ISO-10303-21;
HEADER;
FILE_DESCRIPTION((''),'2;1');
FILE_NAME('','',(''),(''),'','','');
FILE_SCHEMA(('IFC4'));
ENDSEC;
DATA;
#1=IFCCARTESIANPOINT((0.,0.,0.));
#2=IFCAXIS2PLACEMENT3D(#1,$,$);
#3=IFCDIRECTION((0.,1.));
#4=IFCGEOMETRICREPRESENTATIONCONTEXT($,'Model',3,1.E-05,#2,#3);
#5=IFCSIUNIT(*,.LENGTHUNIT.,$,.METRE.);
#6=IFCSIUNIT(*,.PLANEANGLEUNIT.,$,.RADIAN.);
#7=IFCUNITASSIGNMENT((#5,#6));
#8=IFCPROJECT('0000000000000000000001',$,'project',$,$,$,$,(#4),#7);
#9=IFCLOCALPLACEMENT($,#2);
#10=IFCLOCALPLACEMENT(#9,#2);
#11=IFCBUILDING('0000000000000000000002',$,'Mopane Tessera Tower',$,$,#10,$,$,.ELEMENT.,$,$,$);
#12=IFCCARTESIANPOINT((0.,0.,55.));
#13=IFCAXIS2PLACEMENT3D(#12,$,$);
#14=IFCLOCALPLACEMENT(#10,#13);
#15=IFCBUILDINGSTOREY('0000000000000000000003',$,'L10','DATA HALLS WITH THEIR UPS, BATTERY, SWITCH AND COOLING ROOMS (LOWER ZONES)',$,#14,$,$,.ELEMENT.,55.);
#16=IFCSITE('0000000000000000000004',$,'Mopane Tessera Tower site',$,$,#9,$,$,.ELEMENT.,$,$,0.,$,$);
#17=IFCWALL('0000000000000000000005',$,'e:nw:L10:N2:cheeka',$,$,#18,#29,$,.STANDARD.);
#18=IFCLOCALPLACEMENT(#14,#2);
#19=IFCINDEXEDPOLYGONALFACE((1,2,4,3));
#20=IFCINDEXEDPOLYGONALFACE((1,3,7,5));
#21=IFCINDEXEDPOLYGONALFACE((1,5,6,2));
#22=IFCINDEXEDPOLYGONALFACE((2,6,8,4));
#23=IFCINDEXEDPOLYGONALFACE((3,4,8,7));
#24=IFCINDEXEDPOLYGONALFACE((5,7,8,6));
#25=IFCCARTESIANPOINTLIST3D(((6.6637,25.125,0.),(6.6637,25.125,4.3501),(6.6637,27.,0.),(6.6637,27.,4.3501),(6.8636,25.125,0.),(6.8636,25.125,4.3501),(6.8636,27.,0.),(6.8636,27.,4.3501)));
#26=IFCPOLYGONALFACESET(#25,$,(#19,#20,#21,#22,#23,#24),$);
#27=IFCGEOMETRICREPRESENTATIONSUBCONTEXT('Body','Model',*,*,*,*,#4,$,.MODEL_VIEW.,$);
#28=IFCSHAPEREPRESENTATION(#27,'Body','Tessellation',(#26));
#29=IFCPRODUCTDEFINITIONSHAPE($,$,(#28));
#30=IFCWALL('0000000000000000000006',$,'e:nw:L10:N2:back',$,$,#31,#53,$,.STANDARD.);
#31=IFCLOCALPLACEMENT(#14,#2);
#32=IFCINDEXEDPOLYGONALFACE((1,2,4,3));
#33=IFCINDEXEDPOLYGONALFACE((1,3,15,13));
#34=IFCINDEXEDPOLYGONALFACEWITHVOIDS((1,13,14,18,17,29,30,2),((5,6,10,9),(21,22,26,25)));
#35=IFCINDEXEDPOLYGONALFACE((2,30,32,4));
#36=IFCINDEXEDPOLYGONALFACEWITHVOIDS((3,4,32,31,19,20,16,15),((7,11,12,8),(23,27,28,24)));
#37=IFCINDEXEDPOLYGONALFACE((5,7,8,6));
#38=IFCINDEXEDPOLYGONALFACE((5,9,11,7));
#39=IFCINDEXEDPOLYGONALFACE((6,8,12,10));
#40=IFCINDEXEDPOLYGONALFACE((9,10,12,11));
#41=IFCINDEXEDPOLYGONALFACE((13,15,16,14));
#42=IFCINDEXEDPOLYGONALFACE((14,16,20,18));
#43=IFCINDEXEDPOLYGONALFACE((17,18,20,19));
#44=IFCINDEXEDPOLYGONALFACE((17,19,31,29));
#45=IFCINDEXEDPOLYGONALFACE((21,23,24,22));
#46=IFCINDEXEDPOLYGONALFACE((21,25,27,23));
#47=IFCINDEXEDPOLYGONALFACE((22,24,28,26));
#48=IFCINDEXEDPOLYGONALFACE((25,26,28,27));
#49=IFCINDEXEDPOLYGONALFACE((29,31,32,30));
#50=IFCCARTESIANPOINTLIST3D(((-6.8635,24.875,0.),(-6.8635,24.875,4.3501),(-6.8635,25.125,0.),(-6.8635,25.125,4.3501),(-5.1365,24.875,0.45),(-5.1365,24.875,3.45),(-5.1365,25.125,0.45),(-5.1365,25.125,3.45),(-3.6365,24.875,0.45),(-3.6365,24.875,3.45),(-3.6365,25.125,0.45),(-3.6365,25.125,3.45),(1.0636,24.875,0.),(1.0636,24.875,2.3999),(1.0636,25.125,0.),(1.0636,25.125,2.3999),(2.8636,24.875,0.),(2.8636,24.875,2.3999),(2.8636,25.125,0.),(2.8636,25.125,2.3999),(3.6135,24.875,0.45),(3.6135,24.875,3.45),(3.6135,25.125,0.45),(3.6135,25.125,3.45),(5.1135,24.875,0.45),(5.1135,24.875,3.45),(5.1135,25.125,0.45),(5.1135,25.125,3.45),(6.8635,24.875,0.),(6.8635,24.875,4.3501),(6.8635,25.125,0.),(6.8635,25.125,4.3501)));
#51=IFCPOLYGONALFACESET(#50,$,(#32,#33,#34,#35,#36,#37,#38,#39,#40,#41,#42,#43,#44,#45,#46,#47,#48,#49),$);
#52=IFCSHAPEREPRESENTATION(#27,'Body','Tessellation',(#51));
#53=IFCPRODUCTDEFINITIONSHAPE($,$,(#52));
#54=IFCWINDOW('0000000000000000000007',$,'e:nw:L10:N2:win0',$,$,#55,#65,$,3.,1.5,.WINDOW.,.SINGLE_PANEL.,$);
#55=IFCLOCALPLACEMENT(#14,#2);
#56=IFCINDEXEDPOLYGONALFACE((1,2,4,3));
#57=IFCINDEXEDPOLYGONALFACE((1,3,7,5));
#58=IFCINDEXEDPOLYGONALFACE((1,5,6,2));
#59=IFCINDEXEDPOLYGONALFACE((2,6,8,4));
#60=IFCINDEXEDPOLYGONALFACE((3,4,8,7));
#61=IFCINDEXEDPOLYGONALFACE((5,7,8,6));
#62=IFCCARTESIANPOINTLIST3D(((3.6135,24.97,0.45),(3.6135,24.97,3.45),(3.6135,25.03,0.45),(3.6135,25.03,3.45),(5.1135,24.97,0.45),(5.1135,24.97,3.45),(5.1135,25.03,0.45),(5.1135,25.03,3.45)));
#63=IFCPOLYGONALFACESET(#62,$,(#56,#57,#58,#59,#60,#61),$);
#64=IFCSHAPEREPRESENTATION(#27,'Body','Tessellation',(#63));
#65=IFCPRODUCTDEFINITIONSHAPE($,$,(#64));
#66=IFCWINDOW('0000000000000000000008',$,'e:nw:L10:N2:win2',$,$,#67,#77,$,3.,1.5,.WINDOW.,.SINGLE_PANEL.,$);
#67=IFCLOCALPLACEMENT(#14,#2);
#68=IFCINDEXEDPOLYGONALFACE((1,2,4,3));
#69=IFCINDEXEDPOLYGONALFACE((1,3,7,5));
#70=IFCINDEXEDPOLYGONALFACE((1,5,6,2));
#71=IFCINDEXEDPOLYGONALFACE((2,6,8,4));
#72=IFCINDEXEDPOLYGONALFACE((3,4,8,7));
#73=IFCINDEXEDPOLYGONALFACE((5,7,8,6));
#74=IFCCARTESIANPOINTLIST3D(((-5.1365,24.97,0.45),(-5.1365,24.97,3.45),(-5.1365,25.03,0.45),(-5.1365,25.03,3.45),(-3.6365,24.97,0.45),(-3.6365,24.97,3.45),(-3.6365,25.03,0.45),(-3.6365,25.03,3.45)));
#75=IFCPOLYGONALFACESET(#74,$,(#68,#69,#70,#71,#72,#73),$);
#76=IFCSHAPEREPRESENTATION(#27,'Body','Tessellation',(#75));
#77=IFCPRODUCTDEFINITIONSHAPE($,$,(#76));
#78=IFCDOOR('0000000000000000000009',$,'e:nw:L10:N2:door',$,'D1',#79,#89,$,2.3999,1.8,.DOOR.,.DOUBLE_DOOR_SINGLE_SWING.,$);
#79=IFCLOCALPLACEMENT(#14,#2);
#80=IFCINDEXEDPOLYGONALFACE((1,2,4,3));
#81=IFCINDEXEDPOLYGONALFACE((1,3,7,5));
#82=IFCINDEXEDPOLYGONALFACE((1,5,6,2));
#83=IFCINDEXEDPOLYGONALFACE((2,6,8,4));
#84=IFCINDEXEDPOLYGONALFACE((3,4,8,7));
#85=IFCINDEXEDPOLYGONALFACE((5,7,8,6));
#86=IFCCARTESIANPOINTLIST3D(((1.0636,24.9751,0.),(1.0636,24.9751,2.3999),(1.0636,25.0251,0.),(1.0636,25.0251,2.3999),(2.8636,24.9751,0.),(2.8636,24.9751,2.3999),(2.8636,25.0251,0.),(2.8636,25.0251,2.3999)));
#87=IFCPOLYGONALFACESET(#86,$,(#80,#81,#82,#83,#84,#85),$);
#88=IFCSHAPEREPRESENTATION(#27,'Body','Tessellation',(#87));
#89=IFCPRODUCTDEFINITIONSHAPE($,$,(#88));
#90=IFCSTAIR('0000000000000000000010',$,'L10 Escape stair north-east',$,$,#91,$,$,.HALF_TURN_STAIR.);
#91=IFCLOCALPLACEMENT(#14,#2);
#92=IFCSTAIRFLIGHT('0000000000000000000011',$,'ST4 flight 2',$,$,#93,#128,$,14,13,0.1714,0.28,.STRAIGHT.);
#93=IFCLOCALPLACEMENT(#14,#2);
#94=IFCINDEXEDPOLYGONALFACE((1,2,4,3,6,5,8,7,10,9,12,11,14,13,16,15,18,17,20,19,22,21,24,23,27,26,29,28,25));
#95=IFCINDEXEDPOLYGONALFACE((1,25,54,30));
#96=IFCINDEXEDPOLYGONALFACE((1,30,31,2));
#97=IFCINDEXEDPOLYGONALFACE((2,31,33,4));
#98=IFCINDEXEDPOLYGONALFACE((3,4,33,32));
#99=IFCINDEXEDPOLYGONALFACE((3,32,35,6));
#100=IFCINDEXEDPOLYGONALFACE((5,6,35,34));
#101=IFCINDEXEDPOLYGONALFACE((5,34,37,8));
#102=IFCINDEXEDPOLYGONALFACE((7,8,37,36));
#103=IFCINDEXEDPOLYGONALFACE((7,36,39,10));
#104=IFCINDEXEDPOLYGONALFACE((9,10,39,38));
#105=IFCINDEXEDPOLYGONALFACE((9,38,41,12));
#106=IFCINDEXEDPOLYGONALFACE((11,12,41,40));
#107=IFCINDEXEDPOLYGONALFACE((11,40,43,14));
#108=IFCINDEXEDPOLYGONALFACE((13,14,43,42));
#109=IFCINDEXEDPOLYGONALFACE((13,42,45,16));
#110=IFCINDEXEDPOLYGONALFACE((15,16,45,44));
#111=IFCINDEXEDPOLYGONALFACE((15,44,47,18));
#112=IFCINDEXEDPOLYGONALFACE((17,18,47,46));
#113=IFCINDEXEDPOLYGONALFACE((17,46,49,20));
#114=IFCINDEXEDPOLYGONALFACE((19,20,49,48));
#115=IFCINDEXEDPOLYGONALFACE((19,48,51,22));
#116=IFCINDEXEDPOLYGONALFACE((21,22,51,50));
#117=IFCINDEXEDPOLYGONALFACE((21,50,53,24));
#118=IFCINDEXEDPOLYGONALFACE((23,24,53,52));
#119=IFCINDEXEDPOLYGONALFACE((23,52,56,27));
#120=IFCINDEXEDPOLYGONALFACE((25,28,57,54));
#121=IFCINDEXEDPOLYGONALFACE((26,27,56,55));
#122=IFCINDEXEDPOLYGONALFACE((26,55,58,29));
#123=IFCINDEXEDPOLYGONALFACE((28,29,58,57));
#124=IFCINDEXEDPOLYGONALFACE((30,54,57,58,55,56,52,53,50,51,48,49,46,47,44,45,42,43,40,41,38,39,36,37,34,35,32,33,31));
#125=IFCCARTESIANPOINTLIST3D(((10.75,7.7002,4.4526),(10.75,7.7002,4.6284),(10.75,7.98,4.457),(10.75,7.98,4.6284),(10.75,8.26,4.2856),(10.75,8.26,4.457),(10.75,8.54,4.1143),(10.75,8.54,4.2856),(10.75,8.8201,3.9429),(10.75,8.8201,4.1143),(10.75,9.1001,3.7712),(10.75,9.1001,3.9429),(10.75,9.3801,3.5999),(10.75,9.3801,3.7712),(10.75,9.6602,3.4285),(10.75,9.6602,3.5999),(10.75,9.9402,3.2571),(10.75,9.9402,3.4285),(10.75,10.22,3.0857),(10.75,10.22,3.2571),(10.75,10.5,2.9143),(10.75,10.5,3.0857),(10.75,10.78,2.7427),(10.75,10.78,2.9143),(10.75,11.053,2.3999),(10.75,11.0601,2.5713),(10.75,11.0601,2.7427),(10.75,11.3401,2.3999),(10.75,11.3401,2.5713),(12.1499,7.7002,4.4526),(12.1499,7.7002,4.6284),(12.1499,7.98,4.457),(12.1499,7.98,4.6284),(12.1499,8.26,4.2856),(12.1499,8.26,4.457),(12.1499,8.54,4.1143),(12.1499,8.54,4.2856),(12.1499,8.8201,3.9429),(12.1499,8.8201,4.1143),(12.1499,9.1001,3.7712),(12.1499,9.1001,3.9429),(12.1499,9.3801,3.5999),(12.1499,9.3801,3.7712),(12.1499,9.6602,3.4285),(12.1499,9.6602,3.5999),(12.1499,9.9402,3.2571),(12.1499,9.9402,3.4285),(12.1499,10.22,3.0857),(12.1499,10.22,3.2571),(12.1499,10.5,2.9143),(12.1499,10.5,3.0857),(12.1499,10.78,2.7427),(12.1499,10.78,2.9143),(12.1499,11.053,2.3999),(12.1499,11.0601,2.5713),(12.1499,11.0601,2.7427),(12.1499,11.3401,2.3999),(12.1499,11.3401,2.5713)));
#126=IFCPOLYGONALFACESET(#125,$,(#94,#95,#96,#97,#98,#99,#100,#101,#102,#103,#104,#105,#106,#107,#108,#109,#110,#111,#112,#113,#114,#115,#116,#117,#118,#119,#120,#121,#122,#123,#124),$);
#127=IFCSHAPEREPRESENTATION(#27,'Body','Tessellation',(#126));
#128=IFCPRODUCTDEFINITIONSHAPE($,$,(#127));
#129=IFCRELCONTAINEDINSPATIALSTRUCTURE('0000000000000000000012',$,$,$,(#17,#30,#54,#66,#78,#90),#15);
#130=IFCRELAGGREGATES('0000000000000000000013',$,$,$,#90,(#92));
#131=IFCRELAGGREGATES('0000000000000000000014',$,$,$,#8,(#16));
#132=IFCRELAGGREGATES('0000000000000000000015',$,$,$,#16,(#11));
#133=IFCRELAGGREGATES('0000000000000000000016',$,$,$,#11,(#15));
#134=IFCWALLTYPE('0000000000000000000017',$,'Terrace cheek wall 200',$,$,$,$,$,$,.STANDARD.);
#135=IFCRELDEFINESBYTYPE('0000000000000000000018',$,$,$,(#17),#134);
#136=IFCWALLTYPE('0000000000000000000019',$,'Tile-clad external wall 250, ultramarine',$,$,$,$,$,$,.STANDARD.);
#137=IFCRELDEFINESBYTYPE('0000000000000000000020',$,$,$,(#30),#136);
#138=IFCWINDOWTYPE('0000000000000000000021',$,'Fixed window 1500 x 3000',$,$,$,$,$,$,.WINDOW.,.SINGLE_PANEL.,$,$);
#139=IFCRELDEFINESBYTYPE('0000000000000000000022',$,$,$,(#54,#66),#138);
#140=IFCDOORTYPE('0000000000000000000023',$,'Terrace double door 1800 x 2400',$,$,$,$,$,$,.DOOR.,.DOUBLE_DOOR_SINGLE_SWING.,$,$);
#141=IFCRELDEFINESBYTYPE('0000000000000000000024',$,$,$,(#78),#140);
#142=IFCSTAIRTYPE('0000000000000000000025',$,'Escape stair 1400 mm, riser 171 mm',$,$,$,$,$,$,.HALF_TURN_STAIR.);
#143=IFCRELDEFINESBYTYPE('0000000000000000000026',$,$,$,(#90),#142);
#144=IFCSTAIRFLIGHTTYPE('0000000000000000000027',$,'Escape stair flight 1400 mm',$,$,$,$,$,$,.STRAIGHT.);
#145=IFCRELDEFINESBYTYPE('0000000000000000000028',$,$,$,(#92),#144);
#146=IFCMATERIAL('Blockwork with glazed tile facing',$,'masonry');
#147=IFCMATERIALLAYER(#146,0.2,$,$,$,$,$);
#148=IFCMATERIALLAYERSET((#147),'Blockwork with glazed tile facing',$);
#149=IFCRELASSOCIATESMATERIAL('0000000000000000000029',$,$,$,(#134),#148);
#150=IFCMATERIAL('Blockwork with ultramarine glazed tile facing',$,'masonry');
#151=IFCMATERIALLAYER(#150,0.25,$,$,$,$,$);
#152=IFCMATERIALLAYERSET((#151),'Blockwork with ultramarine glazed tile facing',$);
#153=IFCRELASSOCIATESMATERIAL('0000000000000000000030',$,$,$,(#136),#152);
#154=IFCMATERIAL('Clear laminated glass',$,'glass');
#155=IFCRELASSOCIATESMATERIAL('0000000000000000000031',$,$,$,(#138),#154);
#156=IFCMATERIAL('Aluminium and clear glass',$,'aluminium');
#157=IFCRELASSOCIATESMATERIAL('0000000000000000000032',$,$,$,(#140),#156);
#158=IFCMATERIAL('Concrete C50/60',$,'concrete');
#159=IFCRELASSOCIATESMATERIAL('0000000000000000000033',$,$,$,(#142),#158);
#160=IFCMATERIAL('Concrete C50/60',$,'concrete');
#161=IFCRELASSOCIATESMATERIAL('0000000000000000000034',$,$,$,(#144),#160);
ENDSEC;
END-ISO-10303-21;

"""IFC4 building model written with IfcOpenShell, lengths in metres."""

from ifc_helpers import new_model, si_unit, direction, frame, frame_2d, origin, place, context, subcontext, project, spatial, polyline, rectangle, outline, extrude, material, layer, layer_set, type_object, element, fill, aggregate, save


model = new_model("IFC4")

# Units and contexts
model_context = context("Model", 3, precision=1e-05, world=origin(), true_north=direction((0.0, 1.0)))
body_context = subcontext(model_context, "Body", "Model", "MODEL_VIEW")
ifc_project = project(units=[si_unit("LENGTHUNIT", "METRE"), si_unit("PLANEANGLEUNIT", "RADIAN")], contexts=[model_context])

# Site, building, storey
site_placement = place(None, origin())
site = spatial("IfcSite", under=ifc_project, at=site_placement, Name="Mopane Tessera Tower site", CompositionType="ELEMENT", RefElevation=0.0)
building_placement = place(site_placement, origin())
building = spatial("IfcBuilding", under=site, at=building_placement, Name="Mopane Tessera Tower", CompositionType="ELEMENT")
storey_placement = place(building_placement, frame((0.0, 0.0, 55.0)))
storey = spatial("IfcBuildingStorey", under=building, at=storey_placement, Name="L10", Description="DATA HALLS WITH THEIR UPS, BATTERY, SWITCH AND COOLING ROOMS (LOWER ZONES)", CompositionType="ELEMENT", Elevation=55.0)

# Wall
ifc_material_1 = material(Name="Blockwork with glazed tile facing", Category="masonry")
ifc_layer_1 = layer(ifc_material_1, 0.2)
ifc_layer_set_1 = layer_set([ifc_layer_1], Name="Blockwork with glazed tile facing")
wall_type_1 = type_object("IfcWallType", Name="Terrace cheek wall 200", PredefinedType="STANDARD", material=ifc_layer_set_1)
wall_1_placement = place(storey_placement, frame((6.7637, 27.0, 0.0), z_axis=(0.0, 0.0, 1.0), x_axis=(0.0, -1.0, 0.0)))
element("IfcWall", 1, at=wall_1_placement, inside=storey, type_object=wall_type_1, Name="e:nw:L10:N2:cheeka", PredefinedType="STANDARD", context=body_context, shape_type="SweptSolid", body=[
    extrude(rectangle(XDim=1.875, YDim=0.2, at=frame_2d((0.9375, 0.0))), origin(), (0.0, 0.0, 1.0), 4.3501),
])

# Wall, openings, windows, door
ifc_material_2 = material(Name="Blockwork with ultramarine glazed tile facing", Category="masonry")
ifc_layer_2 = layer(ifc_material_2, 0.25)
ifc_layer_set_2 = layer_set([ifc_layer_2], Name="Blockwork with ultramarine glazed tile facing")
wall_type_2 = type_object("IfcWallType", Name="Tile-clad external wall 250, ultramarine", PredefinedType="STANDARD", material=ifc_layer_set_2)
wall_2_placement = place(storey_placement, frame((6.8635, 25.0, 0.0), z_axis=(0.0, 0.0, 1.0), x_axis=(-1.0, 0.0, 0.0)))
wall_2 = element("IfcWall", 2, at=wall_2_placement, inside=storey, type_object=wall_type_2, Name="e:nw:L10:N2:back", PredefinedType="STANDARD", context=body_context, shape_type="SweptSolid", body=[
    extrude(rectangle(XDim=13.7271, YDim=0.25, at=frame_2d((6.8635, 0.0))), origin(), (0.0, 0.0, 1.0), 4.3501),
])
opening_1_placement = place(wall_2_placement, frame((1.75, 0.0, 0.45)))
opening_1 = element("IfcOpeningElement", 3, at=opening_1_placement, cuts=wall_2, PredefinedType="OPENING", context=body_context, shape_type="SweptSolid", body=[
    extrude(rectangle(XDim=1.5, YDim=3.0, at=frame_2d((0.75, 1.5))), frame((0.0, 0.137, 0.0), z_axis=(0.0, -1.0, 0.0), x_axis=(1.0, 0.0, 0.0)), (0.0, 0.0, 1.0), 0.2739),
])
opening_2_placement = place(wall_2_placement, frame((4.0, 0.0, 0.0)))
opening_2 = element("IfcOpeningElement", 4, at=opening_2_placement, cuts=wall_2, PredefinedType="OPENING", context=body_context, shape_type="SweptSolid", body=[
    extrude(rectangle(XDim=1.8, YDim=2.3999, at=frame_2d((0.8999, 1.2))), frame((0.0, 0.137, 0.0), z_axis=(0.0, -1.0, 0.0), x_axis=(1.0, 0.0, 0.0)), (0.0, 0.0, 1.0), 0.2739),
])
opening_3_placement = place(wall_2_placement, frame((10.5, 0.0, 0.45)))
opening_3 = element("IfcOpeningElement", 5, at=opening_3_placement, cuts=wall_2, PredefinedType="OPENING", context=body_context, shape_type="SweptSolid", body=[
    extrude(rectangle(XDim=1.5, YDim=3.0, at=frame_2d((0.75, 1.5))), frame((0.0, 0.137, 0.0), z_axis=(0.0, -1.0, 0.0), x_axis=(1.0, 0.0, 0.0)), (0.0, 0.0, 1.0), 0.2739),
])
ifc_material_3 = material(Name="Clear laminated glass", Category="glass")
window_type = type_object("IfcWindowType", Name="Fixed window 1500 x 3000", PartitioningType="SINGLE_PANEL", PredefinedType="WINDOW", material=ifc_material_3)
window_1_placement = place(opening_1_placement, origin())
window_1 = element("IfcWindow", 6, at=window_1_placement, inside=storey, type_object=window_type, Name="e:nw:L10:N2:win0", OverallHeight=3.0, OverallWidth=1.5, PartitioningType="SINGLE_PANEL", PredefinedType="WINDOW", context=body_context, shape_type="SweptSolid", body=[
    extrude(rectangle(XDim=1.5, YDim=3.0, at=frame_2d((0.75, 1.5))), frame((0.0, 0.03, 0.0), z_axis=(0.0, -1.0, 0.0), x_axis=(1.0, 0.0, 0.0)), (0.0, 0.0, 1.0), 0.0601),
])
fill(opening_1, window_1)
window_2_placement = place(opening_3_placement, origin())
window_2 = element("IfcWindow", 7, at=window_2_placement, inside=storey, type_object=window_type, Name="e:nw:L10:N2:win2", OverallHeight=3.0, OverallWidth=1.5, PartitioningType="SINGLE_PANEL", PredefinedType="WINDOW", context=body_context, shape_type="SweptSolid", body=[
    extrude(rectangle(XDim=1.5, YDim=3.0, at=frame_2d((0.75, 1.5))), frame((0.0, 0.03, 0.0), z_axis=(0.0, -1.0, 0.0), x_axis=(1.0, 0.0, 0.0)), (0.0, 0.0, 1.0), 0.0601),
])
fill(opening_3, window_2)
ifc_material_4 = material(Name="Aluminium and clear glass", Category="aluminium")
door_type_1 = type_object("IfcDoorType", Name="Terrace double door 1800 x 2400", OperationType="DOUBLE_DOOR_SINGLE_SWING", PredefinedType="DOOR", material=ifc_material_4)
door_1_placement = place(opening_2_placement, origin())
door_1 = element("IfcDoor", 8, at=door_1_placement, inside=storey, type_object=door_type_1, Name="e:nw:L10:N2:door", ObjectType="D1", OperationType="DOUBLE_DOOR_SINGLE_SWING", OverallHeight=2.3999, OverallWidth=1.8, PredefinedType="DOOR", context=body_context, shape_type="SweptSolid", body=[
    extrude(rectangle(XDim=1.8, YDim=2.3999, at=frame_2d((0.8999, 1.2))), frame((0.0, 0.0249, 0.0), z_axis=(0.0, -1.0, 0.0), x_axis=(1.0, 0.0, 0.0)), (0.0, 0.0, 1.0), 0.05),
])
fill(opening_2, door_1)

# Stair, stair flight
ifc_material_5 = material(Name="Concrete C50/60", Category="concrete")
stair_type = type_object("IfcStairType", Name="Escape stair 1400 mm, riser 171 mm", PredefinedType="HALF_TURN_STAIR", material=ifc_material_5)
stair_placement = place(storey_placement, origin())
stair = element("IfcStair", 9, at=stair_placement, inside=storey, type_object=stair_type, Name="L10 Escape stair north-east", PredefinedType="HALF_TURN_STAIR")
ifc_material_6 = material(Name="Concrete C50/60", Category="concrete")
stair_flight_type = type_object("IfcStairFlightType", Name="Escape stair flight 1400 mm", PredefinedType="STRAIGHT", material=ifc_material_6)
stair_flight_placement = place(storey_placement, frame((11.45, 11.3401, 2.3999), z_axis=(0.0, 0.0, 1.0), x_axis=(0.0, -1.0, 0.0)))
stair_flight = element("IfcStairFlight", 10, at=stair_flight_placement, type_object=stair_flight_type, Name="ST4 flight 2", NumberOfRisers=14, NumberOfTreads=13, PredefinedType="STRAIGHT", RiserHeight=0.1714, TreadLength=0.28, context=body_context, shape_type="SweptSolid", body=[
    extrude(outline(polyline([(0.0, 0.0), (0.0, 0.1714), (0.28, 0.1714), (0.28, 0.3428), (0.5601, 0.3428), (0.5601, 0.5144), (0.8401, 0.5144), (0.8401, 0.6858), (1.1201, 0.6858), (1.1201, 0.8572), (1.3999, 0.8572), (1.3999, 1.0286), (1.6799, 1.0286), (1.6799, 1.2), (1.96, 1.2), (1.96, 1.3713), (2.24, 1.3713), (2.24, 1.543), (2.52, 1.543), (2.52, 1.7144), (2.8, 1.7144), (2.8, 1.8857), (3.0801, 1.8857), (3.0801, 2.0571), (3.3601, 2.0571), (3.3601, 2.2285), (3.6399, 2.2285), (3.6399, 2.3999), (3.6399, 2.0527), (0.2871, 0.0), (0.0, 0.0)])), frame((0.0, 0.7, 0.0), z_axis=(0.0, -1.0, 0.0), x_axis=(1.0, 0.0, 0.0)), (0.0, 0.0, 1.0), 1.3999),
])
aggregate(stair, [stair_flight])

save(model, "model.ifc")
